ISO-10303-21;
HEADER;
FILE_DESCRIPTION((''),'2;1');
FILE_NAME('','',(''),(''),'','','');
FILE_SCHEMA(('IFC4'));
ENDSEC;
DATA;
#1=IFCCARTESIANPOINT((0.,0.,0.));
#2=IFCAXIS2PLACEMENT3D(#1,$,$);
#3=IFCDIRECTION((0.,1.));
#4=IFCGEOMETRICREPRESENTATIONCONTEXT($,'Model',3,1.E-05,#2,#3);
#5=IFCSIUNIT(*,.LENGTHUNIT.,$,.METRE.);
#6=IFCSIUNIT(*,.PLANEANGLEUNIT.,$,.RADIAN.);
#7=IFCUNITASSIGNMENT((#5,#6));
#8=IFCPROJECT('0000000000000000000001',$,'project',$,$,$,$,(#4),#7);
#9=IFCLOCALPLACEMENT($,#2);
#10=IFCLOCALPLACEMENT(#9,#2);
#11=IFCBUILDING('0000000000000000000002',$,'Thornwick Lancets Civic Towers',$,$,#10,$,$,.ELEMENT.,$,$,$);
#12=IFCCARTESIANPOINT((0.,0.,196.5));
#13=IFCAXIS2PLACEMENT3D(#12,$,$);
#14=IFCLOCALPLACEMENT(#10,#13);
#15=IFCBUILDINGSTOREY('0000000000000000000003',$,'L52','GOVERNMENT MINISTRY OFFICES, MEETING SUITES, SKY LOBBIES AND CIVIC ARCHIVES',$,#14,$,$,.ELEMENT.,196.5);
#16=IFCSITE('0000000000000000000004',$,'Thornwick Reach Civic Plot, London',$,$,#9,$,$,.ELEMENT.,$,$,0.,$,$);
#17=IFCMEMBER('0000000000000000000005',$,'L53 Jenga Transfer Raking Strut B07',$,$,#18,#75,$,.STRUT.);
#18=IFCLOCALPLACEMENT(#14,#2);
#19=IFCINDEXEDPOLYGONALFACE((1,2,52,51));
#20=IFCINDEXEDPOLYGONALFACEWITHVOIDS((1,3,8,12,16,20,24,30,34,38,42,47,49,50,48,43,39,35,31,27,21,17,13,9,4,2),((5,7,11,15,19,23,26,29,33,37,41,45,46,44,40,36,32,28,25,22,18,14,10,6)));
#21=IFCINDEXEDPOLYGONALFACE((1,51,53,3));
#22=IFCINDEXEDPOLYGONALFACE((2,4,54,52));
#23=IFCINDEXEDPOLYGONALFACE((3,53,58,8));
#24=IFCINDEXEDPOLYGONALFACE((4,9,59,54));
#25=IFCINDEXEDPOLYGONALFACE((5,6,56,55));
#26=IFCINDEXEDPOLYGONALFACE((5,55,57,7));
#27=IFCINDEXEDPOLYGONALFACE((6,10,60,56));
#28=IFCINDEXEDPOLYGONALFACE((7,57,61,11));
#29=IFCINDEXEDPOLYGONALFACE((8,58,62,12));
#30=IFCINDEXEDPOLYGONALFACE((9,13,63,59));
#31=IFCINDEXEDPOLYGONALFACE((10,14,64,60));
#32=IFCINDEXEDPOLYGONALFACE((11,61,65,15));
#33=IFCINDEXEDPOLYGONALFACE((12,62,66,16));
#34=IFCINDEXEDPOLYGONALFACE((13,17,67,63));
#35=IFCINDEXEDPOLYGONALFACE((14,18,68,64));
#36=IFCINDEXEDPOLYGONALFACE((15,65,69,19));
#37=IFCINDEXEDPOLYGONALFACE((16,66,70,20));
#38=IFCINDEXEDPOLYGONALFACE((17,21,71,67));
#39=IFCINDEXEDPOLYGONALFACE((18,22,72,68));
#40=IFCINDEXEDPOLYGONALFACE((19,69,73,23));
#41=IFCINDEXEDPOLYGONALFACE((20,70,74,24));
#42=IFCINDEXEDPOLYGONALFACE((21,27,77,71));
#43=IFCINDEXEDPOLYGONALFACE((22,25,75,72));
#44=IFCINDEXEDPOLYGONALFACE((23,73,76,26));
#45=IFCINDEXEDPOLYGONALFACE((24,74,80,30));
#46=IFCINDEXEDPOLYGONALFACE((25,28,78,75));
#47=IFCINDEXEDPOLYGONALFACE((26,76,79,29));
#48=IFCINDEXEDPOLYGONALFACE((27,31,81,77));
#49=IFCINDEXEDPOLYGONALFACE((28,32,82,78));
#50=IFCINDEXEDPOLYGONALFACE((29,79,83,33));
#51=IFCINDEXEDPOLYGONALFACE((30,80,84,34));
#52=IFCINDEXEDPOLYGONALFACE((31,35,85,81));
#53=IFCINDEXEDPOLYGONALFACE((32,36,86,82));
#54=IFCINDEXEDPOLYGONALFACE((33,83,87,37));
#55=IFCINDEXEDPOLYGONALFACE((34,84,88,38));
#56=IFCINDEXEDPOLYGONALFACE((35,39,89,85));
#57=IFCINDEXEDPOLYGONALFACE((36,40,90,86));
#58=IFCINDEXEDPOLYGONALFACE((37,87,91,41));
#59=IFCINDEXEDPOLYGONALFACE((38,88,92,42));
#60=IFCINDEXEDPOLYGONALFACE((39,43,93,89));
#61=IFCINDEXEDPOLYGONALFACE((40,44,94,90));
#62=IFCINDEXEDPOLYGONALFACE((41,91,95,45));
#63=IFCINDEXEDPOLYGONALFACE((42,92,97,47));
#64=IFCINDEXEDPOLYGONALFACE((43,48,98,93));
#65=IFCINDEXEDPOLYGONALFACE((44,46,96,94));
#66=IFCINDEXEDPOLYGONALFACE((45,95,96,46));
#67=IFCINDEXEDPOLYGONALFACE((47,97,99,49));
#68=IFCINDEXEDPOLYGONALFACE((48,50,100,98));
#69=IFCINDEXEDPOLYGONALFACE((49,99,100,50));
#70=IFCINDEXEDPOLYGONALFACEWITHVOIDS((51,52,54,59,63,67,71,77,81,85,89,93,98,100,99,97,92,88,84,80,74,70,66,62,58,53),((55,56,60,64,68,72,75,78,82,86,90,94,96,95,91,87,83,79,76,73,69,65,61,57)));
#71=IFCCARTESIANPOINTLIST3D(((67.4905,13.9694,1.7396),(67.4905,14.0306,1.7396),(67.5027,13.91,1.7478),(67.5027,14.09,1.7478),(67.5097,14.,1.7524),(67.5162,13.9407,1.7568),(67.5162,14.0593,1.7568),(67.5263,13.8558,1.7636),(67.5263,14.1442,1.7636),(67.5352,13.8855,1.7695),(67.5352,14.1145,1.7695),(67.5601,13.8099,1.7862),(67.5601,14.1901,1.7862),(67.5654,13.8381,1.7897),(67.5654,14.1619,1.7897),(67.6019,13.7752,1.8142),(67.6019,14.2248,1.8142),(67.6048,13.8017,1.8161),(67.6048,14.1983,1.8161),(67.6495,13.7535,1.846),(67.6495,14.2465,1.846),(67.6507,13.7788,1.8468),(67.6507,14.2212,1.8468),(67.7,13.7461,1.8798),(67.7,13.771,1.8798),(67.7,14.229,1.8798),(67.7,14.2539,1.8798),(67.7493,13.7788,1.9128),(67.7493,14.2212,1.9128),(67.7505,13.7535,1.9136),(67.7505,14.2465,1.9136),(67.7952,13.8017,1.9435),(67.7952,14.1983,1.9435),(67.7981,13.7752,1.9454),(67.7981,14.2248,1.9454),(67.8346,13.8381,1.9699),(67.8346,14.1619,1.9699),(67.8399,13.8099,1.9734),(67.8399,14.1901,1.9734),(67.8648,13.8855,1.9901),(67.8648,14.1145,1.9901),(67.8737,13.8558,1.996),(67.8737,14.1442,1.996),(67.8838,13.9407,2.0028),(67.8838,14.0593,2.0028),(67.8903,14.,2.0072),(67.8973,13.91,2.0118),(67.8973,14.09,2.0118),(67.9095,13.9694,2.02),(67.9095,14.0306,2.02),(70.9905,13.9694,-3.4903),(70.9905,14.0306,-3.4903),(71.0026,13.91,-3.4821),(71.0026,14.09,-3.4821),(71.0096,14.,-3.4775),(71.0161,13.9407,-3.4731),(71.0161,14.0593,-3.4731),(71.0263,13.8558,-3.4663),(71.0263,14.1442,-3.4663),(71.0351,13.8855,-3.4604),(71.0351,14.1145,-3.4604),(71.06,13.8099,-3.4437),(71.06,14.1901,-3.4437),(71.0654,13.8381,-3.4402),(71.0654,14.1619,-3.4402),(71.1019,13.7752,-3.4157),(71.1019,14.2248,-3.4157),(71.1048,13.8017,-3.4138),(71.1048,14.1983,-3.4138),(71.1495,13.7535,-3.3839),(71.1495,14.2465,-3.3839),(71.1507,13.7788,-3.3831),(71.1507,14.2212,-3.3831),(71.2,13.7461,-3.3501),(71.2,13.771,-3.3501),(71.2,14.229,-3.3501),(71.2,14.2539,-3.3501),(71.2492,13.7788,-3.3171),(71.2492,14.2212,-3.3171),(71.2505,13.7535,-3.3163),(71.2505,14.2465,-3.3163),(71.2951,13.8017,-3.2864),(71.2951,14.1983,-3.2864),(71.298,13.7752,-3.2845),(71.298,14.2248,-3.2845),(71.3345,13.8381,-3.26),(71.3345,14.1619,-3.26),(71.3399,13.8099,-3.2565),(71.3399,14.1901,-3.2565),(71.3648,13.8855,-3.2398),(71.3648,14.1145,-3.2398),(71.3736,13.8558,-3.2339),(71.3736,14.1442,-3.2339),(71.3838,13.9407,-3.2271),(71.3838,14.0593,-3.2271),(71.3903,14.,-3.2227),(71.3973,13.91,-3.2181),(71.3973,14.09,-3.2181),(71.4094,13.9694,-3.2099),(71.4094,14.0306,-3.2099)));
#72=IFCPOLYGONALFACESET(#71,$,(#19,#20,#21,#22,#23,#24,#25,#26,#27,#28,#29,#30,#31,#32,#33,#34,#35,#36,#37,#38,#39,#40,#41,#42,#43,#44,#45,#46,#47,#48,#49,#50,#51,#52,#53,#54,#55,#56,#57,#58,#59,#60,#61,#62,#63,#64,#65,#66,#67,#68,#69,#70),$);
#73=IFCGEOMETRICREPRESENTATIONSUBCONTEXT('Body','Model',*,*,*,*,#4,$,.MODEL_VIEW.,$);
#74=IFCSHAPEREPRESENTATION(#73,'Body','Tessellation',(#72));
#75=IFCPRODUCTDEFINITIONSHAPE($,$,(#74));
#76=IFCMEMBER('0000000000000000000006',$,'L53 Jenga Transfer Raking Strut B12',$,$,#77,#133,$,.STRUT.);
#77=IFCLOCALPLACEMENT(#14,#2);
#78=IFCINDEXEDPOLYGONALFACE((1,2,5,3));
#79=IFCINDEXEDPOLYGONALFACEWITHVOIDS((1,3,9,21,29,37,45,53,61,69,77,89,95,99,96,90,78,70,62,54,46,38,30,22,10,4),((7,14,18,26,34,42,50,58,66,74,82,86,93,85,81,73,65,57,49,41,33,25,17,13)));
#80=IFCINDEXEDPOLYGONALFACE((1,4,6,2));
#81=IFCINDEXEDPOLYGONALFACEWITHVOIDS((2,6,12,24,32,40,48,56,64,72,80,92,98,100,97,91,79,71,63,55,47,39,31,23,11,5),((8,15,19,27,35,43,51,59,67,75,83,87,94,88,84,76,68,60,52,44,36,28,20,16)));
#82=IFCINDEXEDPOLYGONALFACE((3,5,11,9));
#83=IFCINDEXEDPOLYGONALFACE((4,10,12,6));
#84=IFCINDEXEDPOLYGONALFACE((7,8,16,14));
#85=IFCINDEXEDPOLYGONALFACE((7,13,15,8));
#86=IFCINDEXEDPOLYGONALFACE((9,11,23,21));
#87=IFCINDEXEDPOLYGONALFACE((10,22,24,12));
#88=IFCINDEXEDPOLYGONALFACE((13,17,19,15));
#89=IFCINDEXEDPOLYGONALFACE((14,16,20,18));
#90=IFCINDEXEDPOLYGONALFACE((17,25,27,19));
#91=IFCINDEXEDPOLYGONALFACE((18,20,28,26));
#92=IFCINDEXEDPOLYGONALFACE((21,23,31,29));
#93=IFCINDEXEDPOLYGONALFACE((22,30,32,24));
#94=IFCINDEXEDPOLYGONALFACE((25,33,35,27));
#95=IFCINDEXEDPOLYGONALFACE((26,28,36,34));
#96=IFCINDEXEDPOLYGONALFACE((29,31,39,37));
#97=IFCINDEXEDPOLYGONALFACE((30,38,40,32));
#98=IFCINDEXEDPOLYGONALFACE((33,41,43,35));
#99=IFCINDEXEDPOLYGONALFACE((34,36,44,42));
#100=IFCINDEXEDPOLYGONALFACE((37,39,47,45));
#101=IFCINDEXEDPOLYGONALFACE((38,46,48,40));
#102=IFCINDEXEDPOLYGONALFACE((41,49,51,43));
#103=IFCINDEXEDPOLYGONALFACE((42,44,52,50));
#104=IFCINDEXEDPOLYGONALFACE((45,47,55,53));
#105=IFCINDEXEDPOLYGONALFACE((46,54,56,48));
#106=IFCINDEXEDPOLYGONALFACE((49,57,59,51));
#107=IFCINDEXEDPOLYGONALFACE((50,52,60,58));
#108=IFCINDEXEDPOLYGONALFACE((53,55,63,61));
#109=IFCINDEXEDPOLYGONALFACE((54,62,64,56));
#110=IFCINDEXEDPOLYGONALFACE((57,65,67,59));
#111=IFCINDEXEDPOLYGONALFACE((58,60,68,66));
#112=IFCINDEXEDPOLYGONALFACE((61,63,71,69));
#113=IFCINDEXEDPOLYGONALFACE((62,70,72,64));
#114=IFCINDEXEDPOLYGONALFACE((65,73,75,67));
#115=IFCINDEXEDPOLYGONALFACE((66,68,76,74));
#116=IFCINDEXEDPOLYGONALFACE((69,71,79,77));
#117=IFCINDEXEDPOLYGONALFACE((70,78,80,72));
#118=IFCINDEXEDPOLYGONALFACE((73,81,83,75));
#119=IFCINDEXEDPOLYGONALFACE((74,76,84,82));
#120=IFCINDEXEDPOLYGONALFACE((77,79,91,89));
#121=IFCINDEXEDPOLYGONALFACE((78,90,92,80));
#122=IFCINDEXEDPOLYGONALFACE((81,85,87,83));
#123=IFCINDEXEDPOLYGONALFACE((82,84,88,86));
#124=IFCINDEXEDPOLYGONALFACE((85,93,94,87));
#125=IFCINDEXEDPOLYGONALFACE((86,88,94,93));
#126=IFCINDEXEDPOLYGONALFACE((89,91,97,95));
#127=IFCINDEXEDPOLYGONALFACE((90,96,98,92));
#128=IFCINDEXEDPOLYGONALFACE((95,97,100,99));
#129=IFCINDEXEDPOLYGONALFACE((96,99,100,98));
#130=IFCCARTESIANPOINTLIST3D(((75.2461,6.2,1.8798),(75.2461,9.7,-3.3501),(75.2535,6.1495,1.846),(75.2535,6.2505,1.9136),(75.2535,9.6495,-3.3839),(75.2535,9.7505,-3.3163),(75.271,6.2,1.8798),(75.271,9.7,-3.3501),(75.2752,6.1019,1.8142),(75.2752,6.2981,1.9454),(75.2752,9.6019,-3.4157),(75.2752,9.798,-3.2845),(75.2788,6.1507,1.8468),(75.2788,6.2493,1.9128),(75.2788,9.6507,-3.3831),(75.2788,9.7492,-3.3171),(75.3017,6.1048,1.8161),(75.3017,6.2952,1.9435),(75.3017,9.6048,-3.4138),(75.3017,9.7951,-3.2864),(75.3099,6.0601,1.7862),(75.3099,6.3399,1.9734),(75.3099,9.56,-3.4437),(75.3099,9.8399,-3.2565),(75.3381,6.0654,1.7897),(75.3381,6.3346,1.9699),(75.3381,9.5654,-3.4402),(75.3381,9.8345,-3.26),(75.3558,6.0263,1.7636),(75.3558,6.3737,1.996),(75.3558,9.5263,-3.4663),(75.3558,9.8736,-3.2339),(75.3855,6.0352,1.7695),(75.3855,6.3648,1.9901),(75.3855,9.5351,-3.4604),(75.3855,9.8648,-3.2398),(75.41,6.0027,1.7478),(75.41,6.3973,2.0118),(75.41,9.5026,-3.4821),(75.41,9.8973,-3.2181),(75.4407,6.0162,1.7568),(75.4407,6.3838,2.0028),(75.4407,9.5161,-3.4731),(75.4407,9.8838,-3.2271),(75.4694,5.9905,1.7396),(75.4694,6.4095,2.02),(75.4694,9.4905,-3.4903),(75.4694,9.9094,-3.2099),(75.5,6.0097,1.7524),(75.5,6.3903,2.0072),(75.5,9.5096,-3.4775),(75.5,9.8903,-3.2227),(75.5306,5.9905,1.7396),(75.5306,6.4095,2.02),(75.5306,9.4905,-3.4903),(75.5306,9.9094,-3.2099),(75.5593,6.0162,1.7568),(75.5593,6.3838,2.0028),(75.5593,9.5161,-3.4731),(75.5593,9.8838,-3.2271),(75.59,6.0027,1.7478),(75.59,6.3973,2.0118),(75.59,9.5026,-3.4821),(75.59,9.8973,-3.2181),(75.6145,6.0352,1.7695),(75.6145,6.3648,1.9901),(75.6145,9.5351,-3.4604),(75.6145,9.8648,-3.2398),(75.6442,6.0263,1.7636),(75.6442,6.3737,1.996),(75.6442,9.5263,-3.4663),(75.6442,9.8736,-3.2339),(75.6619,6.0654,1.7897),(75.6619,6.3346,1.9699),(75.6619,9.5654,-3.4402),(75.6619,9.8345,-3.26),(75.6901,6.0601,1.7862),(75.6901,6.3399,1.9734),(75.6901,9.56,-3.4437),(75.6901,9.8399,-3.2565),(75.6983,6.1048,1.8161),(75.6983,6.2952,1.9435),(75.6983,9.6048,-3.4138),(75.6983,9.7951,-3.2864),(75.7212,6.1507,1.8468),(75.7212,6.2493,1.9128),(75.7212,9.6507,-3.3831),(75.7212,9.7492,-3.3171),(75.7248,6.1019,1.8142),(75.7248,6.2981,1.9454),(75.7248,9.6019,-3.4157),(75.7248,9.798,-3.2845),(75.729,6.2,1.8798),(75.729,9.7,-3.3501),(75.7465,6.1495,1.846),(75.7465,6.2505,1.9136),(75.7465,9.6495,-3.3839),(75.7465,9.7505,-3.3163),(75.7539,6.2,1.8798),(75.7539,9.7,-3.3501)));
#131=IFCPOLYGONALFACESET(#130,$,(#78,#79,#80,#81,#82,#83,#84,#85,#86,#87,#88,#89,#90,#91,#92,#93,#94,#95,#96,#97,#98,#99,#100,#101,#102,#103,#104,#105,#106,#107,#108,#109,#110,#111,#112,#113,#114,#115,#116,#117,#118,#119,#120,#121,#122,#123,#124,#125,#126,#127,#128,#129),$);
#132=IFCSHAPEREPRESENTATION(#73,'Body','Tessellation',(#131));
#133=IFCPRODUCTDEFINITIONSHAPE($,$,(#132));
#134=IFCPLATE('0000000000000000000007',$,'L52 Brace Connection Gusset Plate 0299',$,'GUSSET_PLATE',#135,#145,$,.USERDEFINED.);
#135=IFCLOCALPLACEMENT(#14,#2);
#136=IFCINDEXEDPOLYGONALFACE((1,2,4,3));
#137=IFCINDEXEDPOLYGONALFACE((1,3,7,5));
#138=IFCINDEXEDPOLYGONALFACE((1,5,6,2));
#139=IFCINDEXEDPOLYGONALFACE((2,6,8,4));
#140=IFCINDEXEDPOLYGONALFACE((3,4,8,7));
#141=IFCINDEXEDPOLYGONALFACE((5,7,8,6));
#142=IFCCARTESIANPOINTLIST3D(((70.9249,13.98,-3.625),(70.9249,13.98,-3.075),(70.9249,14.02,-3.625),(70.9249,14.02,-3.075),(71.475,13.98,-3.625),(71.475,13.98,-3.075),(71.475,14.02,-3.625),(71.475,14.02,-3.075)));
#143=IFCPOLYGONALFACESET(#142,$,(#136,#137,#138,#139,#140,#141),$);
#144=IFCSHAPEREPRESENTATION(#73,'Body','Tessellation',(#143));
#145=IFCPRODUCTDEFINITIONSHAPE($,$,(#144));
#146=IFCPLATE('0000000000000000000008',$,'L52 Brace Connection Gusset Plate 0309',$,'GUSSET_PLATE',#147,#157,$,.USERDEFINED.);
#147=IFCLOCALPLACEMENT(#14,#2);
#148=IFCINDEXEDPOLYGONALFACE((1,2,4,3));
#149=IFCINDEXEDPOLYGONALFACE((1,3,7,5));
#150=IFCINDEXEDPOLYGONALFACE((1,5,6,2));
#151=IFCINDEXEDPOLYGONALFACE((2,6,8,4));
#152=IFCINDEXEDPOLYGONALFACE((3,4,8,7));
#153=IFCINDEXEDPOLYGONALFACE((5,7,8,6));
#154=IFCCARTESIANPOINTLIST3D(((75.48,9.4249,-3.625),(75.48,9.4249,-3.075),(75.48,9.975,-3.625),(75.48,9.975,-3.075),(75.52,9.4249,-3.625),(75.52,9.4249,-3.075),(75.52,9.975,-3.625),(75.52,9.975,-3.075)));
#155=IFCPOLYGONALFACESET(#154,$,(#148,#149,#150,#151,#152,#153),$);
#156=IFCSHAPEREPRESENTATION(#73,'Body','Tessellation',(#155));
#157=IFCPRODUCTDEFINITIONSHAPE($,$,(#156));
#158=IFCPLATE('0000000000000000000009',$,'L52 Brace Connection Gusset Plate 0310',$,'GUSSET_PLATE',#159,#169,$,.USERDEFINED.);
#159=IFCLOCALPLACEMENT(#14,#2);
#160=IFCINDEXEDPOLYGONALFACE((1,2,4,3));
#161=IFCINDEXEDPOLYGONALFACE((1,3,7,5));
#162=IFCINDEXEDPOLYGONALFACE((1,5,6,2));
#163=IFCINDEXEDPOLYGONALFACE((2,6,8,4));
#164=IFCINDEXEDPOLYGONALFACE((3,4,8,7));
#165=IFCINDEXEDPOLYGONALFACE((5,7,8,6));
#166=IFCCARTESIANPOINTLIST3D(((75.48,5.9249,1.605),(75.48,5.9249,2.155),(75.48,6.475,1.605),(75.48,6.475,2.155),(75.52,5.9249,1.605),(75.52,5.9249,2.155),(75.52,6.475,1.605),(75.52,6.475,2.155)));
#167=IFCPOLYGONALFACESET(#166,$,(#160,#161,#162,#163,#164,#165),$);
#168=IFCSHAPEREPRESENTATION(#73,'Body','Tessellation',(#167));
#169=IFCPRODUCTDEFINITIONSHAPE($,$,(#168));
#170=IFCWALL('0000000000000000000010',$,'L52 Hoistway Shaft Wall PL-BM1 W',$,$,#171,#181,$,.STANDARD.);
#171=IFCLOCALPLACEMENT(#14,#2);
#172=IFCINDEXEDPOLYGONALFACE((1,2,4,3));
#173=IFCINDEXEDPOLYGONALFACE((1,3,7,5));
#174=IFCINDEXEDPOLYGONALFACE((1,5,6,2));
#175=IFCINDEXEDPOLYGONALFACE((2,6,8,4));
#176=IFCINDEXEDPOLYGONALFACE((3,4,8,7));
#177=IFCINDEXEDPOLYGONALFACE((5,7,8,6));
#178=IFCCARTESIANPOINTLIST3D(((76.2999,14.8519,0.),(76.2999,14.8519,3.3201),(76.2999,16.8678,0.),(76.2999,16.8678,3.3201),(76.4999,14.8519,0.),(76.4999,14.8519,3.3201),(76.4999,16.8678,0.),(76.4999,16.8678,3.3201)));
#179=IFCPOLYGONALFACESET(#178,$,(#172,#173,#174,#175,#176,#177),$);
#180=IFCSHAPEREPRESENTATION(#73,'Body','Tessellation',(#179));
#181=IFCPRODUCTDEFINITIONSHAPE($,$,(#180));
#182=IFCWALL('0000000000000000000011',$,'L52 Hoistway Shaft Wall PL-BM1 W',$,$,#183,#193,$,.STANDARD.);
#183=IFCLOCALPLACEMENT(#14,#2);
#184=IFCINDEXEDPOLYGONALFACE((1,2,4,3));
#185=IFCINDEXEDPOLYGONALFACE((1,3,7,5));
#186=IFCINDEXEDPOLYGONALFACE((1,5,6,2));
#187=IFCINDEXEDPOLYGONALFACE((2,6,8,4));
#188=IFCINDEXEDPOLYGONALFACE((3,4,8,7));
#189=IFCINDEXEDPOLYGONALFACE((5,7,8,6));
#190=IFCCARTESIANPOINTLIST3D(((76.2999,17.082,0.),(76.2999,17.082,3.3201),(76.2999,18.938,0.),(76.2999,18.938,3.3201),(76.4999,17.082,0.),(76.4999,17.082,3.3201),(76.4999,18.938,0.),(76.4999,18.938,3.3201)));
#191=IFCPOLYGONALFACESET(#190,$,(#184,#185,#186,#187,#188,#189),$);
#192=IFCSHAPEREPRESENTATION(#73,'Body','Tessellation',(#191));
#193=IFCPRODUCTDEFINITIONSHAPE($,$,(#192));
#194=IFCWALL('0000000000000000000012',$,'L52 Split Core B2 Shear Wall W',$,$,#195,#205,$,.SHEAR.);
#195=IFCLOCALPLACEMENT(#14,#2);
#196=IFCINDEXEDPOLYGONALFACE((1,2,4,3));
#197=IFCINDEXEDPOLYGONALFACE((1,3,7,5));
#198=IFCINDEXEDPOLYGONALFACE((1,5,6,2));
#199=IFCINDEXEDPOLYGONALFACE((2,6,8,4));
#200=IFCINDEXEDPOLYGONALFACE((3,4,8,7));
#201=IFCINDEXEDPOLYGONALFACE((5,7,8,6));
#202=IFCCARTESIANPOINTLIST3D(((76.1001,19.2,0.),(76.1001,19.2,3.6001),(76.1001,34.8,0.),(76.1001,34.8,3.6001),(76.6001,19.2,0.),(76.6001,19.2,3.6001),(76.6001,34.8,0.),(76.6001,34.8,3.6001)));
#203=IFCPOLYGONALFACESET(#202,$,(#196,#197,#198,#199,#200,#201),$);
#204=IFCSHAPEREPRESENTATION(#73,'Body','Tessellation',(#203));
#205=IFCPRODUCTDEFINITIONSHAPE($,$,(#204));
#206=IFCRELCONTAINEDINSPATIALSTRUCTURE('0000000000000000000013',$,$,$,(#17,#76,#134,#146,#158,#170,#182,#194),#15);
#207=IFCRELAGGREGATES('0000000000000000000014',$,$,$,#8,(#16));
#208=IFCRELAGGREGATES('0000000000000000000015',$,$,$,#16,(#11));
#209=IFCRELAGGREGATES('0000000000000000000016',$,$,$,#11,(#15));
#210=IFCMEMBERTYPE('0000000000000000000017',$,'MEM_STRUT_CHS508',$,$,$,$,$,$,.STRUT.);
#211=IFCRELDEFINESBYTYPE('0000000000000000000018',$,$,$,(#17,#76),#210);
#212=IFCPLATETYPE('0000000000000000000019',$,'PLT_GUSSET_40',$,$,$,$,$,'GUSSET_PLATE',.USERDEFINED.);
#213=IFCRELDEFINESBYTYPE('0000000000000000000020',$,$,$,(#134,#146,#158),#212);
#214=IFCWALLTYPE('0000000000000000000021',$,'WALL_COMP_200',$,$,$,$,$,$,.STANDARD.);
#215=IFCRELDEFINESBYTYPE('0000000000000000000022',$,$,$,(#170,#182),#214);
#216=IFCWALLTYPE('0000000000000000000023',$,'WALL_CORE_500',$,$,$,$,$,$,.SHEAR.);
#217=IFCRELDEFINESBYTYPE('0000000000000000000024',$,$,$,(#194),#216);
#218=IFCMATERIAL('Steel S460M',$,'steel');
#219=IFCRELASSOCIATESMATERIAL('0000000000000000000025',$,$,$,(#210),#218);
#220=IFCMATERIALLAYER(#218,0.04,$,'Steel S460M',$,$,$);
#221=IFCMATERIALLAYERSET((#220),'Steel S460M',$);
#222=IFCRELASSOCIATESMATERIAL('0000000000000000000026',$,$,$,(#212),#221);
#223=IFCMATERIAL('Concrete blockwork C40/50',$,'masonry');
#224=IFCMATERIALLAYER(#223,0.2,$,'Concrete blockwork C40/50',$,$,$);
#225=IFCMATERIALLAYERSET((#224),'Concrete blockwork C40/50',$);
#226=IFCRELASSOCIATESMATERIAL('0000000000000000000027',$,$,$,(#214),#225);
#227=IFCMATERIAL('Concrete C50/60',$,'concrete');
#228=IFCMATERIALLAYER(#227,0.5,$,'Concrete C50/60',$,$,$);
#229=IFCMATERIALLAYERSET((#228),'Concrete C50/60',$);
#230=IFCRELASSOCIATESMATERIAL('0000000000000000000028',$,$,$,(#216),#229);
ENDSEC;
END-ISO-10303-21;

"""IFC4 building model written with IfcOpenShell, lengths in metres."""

from ifc_helpers import new_model, si_unit, direction, frame, frame_2d, origin, origin_2d, place, context, subcontext, project, spatial, rectangle, hollow_circle, extrude, material, layer, layer_set, material_profile, profile_set, type_object, element, save


model = new_model("IFC4")

# Units and contexts
model_context = context("Model", 3, precision=1e-05, world=origin(), true_north=direction((0.0, 1.0)))
body_context = subcontext(model_context, "Body", "Model", "MODEL_VIEW")
ifc_project = project(units=[si_unit("LENGTHUNIT", "METRE"), si_unit("PLANEANGLEUNIT", "RADIAN")], contexts=[model_context])

# Site, building, storey
site_placement = place(None, origin())
site = spatial("IfcSite", under=ifc_project, at=site_placement, Name="Thornwick Reach Civic Plot, London", CompositionType="ELEMENT", RefElevation=0.0)
building_placement = place(site_placement, origin())
building = spatial("IfcBuilding", under=site, at=building_placement, Name="Thornwick Lancets Civic Towers", CompositionType="ELEMENT")
storey_placement = place(building_placement, frame((0.0, 0.0, 196.5)))
storey = spatial("IfcBuildingStorey", under=building, at=storey_placement, Name="L52", Description="GOVERNMENT MINISTRY OFFICES, MEETING SUITES, SKY LOBBIES AND CIVIC ARCHIVES", CompositionType="ELEMENT", Elevation=196.5)

# Shared definitions
ifc_material_1 = material(Name="Concrete C50/60", Category="concrete")

# Members
ifc_material_2 = material(Name="Steel S460M", Category="steel")
ifc_material_profile_1 = material_profile(ifc_material_2, hollow_circle(Radius=0.2539, WallThickness=0.0249, at=origin_2d()), Name="CHS 508x25")
ifc_profile_set_1 = profile_set([ifc_material_profile_1], Name="Steel S460M")
member_type = type_object("IfcMemberType", Name="MEM_STRUT_CHS508", PredefinedType="STRUT", material=ifc_profile_set_1)
for number, where, z_axis, x_axis, name in (
    (1, (71.2, 14.0, -3.3501), (-0.556168, 0.0, 0.83107), (0.0, -1.0, 0.0), "L53 Jenga Transfer Raking Strut B07"),
    (2, (75.5, 9.7, -3.3501), (0.0, -0.556168, 0.83107), (1.0, 0.0, 0.0), "L53 Jenga Transfer Raking Strut B12"),
):
    element("IfcMember", number, at=place(storey_placement, frame(where, z_axis=z_axis, x_axis=x_axis)), inside=storey, type_object=member_type, Name=name, PredefinedType="STRUT", context=body_context, shape_type="SweptSolid", body=[
        extrude(hollow_circle(Radius=0.2539, WallThickness=0.0249, at=origin_2d()), origin(), (0.0, 0.0, 1.0), 6.293),
    ])

# Plates
ifc_layer_1 = layer(ifc_material_2, 0.04, Name="Steel S460M")
ifc_layer_set_1 = layer_set([ifc_layer_1], Name="Steel S460M")
plate_type = type_object("IfcPlateType", Name="PLT_GUSSET_40", ElementType="GUSSET_PLATE", PredefinedType="USERDEFINED", material=ifc_layer_set_1)
for number, where, z_axis, x_axis, name in (
    (3, (71.2, 14.0, -3.625), (0.0, 0.0, 1.0), (-1.0, 0.0, 0.0), "L52 Brace Connection Gusset Plate 0299"),
    (4, (75.5, 9.7, -3.625), (0.0, 0.0, 1.0), (0.0, -1.0, 0.0), "L52 Brace Connection Gusset Plate 0309"),
    (5, (75.5, 6.2, 1.605), (0.0, 0.0, 1.0), (0.0, -1.0, 0.0), "L52 Brace Connection Gusset Plate 0310"),
):
    element("IfcPlate", number, at=place(storey_placement, frame(where, z_axis=z_axis, x_axis=x_axis)), inside=storey, type_object=plate_type, Name=name, ObjectType="GUSSET_PLATE", PredefinedType="USERDEFINED", context=body_context, shape_type="SweptSolid", body=[
        extrude(rectangle(XDim=0.55, YDim=0.04, at=origin_2d()), origin(), (0.0, 0.0, 1.0), 0.55),
    ])

# Walls
ifc_material_3 = material(Name="Concrete blockwork C40/50", Category="masonry")
ifc_layer_2 = layer(ifc_material_3, 0.2, Name="Concrete blockwork C40/50")
ifc_layer_set_2 = layer_set([ifc_layer_2], Name="Concrete blockwork C40/50")
wall_type_1 = type_object("IfcWallType", Name="WALL_COMP_200", PredefinedType="STANDARD", material=ifc_layer_set_2)
wall_1_placement = place(storey_placement, frame((76.3999, 14.8521, 0.0), z_axis=(0.0, 0.0, 1.0), x_axis=(0.0, 1.0, 0.0)))
element("IfcWall", 6, at=wall_1_placement, inside=storey, type_object=wall_type_1, Name="L52 Hoistway Shaft Wall PL-BM1 W", PredefinedType="STANDARD", context=body_context, shape_type="SweptSolid", body=[
    extrude(rectangle(XDim=2.0159, YDim=0.2, at=frame_2d((1.0078, 0.0))), origin(), (0.0, 0.0, 1.0), 3.3201),
])
wall_2_placement = place(storey_placement, frame((76.3999, 17.082, 0.0), z_axis=(0.0, 0.0, 1.0), x_axis=(0.0, 1.0, 0.0)))
element("IfcWall", 7, at=wall_2_placement, inside=storey, type_object=wall_type_1, Name="L52 Hoistway Shaft Wall PL-BM1 W", PredefinedType="STANDARD", context=body_context, shape_type="SweptSolid", body=[
    extrude(rectangle(XDim=1.856, YDim=0.2, at=frame_2d((0.928, 0.0))), origin(), (0.0, 0.0, 1.0), 3.3201),
])
ifc_layer_3 = layer(ifc_material_1, 0.5, Name="Concrete C50/60")
ifc_layer_set_3 = layer_set([ifc_layer_3], Name="Concrete C50/60")
wall_type_2 = type_object("IfcWallType", Name="WALL_CORE_500", PredefinedType="SHEAR", material=ifc_layer_set_3)
wall_3_placement = place(storey_placement, frame((76.3501, 19.2, 0.0), z_axis=(0.0, 0.0, 1.0), x_axis=(0.0, 1.0, 0.0)))
element("IfcWall", 8, at=wall_3_placement, inside=storey, type_object=wall_type_2, Name="L52 Split Core B2 Shear Wall W", PredefinedType="SHEAR", context=body_context, shape_type="SweptSolid", body=[
    extrude(rectangle(XDim=15.6001, YDim=0.5, at=frame_2d((7.8, 0.0))), origin(), (0.0, 0.0, 1.0), 3.6001),
])

save(model, "model.ifc")
